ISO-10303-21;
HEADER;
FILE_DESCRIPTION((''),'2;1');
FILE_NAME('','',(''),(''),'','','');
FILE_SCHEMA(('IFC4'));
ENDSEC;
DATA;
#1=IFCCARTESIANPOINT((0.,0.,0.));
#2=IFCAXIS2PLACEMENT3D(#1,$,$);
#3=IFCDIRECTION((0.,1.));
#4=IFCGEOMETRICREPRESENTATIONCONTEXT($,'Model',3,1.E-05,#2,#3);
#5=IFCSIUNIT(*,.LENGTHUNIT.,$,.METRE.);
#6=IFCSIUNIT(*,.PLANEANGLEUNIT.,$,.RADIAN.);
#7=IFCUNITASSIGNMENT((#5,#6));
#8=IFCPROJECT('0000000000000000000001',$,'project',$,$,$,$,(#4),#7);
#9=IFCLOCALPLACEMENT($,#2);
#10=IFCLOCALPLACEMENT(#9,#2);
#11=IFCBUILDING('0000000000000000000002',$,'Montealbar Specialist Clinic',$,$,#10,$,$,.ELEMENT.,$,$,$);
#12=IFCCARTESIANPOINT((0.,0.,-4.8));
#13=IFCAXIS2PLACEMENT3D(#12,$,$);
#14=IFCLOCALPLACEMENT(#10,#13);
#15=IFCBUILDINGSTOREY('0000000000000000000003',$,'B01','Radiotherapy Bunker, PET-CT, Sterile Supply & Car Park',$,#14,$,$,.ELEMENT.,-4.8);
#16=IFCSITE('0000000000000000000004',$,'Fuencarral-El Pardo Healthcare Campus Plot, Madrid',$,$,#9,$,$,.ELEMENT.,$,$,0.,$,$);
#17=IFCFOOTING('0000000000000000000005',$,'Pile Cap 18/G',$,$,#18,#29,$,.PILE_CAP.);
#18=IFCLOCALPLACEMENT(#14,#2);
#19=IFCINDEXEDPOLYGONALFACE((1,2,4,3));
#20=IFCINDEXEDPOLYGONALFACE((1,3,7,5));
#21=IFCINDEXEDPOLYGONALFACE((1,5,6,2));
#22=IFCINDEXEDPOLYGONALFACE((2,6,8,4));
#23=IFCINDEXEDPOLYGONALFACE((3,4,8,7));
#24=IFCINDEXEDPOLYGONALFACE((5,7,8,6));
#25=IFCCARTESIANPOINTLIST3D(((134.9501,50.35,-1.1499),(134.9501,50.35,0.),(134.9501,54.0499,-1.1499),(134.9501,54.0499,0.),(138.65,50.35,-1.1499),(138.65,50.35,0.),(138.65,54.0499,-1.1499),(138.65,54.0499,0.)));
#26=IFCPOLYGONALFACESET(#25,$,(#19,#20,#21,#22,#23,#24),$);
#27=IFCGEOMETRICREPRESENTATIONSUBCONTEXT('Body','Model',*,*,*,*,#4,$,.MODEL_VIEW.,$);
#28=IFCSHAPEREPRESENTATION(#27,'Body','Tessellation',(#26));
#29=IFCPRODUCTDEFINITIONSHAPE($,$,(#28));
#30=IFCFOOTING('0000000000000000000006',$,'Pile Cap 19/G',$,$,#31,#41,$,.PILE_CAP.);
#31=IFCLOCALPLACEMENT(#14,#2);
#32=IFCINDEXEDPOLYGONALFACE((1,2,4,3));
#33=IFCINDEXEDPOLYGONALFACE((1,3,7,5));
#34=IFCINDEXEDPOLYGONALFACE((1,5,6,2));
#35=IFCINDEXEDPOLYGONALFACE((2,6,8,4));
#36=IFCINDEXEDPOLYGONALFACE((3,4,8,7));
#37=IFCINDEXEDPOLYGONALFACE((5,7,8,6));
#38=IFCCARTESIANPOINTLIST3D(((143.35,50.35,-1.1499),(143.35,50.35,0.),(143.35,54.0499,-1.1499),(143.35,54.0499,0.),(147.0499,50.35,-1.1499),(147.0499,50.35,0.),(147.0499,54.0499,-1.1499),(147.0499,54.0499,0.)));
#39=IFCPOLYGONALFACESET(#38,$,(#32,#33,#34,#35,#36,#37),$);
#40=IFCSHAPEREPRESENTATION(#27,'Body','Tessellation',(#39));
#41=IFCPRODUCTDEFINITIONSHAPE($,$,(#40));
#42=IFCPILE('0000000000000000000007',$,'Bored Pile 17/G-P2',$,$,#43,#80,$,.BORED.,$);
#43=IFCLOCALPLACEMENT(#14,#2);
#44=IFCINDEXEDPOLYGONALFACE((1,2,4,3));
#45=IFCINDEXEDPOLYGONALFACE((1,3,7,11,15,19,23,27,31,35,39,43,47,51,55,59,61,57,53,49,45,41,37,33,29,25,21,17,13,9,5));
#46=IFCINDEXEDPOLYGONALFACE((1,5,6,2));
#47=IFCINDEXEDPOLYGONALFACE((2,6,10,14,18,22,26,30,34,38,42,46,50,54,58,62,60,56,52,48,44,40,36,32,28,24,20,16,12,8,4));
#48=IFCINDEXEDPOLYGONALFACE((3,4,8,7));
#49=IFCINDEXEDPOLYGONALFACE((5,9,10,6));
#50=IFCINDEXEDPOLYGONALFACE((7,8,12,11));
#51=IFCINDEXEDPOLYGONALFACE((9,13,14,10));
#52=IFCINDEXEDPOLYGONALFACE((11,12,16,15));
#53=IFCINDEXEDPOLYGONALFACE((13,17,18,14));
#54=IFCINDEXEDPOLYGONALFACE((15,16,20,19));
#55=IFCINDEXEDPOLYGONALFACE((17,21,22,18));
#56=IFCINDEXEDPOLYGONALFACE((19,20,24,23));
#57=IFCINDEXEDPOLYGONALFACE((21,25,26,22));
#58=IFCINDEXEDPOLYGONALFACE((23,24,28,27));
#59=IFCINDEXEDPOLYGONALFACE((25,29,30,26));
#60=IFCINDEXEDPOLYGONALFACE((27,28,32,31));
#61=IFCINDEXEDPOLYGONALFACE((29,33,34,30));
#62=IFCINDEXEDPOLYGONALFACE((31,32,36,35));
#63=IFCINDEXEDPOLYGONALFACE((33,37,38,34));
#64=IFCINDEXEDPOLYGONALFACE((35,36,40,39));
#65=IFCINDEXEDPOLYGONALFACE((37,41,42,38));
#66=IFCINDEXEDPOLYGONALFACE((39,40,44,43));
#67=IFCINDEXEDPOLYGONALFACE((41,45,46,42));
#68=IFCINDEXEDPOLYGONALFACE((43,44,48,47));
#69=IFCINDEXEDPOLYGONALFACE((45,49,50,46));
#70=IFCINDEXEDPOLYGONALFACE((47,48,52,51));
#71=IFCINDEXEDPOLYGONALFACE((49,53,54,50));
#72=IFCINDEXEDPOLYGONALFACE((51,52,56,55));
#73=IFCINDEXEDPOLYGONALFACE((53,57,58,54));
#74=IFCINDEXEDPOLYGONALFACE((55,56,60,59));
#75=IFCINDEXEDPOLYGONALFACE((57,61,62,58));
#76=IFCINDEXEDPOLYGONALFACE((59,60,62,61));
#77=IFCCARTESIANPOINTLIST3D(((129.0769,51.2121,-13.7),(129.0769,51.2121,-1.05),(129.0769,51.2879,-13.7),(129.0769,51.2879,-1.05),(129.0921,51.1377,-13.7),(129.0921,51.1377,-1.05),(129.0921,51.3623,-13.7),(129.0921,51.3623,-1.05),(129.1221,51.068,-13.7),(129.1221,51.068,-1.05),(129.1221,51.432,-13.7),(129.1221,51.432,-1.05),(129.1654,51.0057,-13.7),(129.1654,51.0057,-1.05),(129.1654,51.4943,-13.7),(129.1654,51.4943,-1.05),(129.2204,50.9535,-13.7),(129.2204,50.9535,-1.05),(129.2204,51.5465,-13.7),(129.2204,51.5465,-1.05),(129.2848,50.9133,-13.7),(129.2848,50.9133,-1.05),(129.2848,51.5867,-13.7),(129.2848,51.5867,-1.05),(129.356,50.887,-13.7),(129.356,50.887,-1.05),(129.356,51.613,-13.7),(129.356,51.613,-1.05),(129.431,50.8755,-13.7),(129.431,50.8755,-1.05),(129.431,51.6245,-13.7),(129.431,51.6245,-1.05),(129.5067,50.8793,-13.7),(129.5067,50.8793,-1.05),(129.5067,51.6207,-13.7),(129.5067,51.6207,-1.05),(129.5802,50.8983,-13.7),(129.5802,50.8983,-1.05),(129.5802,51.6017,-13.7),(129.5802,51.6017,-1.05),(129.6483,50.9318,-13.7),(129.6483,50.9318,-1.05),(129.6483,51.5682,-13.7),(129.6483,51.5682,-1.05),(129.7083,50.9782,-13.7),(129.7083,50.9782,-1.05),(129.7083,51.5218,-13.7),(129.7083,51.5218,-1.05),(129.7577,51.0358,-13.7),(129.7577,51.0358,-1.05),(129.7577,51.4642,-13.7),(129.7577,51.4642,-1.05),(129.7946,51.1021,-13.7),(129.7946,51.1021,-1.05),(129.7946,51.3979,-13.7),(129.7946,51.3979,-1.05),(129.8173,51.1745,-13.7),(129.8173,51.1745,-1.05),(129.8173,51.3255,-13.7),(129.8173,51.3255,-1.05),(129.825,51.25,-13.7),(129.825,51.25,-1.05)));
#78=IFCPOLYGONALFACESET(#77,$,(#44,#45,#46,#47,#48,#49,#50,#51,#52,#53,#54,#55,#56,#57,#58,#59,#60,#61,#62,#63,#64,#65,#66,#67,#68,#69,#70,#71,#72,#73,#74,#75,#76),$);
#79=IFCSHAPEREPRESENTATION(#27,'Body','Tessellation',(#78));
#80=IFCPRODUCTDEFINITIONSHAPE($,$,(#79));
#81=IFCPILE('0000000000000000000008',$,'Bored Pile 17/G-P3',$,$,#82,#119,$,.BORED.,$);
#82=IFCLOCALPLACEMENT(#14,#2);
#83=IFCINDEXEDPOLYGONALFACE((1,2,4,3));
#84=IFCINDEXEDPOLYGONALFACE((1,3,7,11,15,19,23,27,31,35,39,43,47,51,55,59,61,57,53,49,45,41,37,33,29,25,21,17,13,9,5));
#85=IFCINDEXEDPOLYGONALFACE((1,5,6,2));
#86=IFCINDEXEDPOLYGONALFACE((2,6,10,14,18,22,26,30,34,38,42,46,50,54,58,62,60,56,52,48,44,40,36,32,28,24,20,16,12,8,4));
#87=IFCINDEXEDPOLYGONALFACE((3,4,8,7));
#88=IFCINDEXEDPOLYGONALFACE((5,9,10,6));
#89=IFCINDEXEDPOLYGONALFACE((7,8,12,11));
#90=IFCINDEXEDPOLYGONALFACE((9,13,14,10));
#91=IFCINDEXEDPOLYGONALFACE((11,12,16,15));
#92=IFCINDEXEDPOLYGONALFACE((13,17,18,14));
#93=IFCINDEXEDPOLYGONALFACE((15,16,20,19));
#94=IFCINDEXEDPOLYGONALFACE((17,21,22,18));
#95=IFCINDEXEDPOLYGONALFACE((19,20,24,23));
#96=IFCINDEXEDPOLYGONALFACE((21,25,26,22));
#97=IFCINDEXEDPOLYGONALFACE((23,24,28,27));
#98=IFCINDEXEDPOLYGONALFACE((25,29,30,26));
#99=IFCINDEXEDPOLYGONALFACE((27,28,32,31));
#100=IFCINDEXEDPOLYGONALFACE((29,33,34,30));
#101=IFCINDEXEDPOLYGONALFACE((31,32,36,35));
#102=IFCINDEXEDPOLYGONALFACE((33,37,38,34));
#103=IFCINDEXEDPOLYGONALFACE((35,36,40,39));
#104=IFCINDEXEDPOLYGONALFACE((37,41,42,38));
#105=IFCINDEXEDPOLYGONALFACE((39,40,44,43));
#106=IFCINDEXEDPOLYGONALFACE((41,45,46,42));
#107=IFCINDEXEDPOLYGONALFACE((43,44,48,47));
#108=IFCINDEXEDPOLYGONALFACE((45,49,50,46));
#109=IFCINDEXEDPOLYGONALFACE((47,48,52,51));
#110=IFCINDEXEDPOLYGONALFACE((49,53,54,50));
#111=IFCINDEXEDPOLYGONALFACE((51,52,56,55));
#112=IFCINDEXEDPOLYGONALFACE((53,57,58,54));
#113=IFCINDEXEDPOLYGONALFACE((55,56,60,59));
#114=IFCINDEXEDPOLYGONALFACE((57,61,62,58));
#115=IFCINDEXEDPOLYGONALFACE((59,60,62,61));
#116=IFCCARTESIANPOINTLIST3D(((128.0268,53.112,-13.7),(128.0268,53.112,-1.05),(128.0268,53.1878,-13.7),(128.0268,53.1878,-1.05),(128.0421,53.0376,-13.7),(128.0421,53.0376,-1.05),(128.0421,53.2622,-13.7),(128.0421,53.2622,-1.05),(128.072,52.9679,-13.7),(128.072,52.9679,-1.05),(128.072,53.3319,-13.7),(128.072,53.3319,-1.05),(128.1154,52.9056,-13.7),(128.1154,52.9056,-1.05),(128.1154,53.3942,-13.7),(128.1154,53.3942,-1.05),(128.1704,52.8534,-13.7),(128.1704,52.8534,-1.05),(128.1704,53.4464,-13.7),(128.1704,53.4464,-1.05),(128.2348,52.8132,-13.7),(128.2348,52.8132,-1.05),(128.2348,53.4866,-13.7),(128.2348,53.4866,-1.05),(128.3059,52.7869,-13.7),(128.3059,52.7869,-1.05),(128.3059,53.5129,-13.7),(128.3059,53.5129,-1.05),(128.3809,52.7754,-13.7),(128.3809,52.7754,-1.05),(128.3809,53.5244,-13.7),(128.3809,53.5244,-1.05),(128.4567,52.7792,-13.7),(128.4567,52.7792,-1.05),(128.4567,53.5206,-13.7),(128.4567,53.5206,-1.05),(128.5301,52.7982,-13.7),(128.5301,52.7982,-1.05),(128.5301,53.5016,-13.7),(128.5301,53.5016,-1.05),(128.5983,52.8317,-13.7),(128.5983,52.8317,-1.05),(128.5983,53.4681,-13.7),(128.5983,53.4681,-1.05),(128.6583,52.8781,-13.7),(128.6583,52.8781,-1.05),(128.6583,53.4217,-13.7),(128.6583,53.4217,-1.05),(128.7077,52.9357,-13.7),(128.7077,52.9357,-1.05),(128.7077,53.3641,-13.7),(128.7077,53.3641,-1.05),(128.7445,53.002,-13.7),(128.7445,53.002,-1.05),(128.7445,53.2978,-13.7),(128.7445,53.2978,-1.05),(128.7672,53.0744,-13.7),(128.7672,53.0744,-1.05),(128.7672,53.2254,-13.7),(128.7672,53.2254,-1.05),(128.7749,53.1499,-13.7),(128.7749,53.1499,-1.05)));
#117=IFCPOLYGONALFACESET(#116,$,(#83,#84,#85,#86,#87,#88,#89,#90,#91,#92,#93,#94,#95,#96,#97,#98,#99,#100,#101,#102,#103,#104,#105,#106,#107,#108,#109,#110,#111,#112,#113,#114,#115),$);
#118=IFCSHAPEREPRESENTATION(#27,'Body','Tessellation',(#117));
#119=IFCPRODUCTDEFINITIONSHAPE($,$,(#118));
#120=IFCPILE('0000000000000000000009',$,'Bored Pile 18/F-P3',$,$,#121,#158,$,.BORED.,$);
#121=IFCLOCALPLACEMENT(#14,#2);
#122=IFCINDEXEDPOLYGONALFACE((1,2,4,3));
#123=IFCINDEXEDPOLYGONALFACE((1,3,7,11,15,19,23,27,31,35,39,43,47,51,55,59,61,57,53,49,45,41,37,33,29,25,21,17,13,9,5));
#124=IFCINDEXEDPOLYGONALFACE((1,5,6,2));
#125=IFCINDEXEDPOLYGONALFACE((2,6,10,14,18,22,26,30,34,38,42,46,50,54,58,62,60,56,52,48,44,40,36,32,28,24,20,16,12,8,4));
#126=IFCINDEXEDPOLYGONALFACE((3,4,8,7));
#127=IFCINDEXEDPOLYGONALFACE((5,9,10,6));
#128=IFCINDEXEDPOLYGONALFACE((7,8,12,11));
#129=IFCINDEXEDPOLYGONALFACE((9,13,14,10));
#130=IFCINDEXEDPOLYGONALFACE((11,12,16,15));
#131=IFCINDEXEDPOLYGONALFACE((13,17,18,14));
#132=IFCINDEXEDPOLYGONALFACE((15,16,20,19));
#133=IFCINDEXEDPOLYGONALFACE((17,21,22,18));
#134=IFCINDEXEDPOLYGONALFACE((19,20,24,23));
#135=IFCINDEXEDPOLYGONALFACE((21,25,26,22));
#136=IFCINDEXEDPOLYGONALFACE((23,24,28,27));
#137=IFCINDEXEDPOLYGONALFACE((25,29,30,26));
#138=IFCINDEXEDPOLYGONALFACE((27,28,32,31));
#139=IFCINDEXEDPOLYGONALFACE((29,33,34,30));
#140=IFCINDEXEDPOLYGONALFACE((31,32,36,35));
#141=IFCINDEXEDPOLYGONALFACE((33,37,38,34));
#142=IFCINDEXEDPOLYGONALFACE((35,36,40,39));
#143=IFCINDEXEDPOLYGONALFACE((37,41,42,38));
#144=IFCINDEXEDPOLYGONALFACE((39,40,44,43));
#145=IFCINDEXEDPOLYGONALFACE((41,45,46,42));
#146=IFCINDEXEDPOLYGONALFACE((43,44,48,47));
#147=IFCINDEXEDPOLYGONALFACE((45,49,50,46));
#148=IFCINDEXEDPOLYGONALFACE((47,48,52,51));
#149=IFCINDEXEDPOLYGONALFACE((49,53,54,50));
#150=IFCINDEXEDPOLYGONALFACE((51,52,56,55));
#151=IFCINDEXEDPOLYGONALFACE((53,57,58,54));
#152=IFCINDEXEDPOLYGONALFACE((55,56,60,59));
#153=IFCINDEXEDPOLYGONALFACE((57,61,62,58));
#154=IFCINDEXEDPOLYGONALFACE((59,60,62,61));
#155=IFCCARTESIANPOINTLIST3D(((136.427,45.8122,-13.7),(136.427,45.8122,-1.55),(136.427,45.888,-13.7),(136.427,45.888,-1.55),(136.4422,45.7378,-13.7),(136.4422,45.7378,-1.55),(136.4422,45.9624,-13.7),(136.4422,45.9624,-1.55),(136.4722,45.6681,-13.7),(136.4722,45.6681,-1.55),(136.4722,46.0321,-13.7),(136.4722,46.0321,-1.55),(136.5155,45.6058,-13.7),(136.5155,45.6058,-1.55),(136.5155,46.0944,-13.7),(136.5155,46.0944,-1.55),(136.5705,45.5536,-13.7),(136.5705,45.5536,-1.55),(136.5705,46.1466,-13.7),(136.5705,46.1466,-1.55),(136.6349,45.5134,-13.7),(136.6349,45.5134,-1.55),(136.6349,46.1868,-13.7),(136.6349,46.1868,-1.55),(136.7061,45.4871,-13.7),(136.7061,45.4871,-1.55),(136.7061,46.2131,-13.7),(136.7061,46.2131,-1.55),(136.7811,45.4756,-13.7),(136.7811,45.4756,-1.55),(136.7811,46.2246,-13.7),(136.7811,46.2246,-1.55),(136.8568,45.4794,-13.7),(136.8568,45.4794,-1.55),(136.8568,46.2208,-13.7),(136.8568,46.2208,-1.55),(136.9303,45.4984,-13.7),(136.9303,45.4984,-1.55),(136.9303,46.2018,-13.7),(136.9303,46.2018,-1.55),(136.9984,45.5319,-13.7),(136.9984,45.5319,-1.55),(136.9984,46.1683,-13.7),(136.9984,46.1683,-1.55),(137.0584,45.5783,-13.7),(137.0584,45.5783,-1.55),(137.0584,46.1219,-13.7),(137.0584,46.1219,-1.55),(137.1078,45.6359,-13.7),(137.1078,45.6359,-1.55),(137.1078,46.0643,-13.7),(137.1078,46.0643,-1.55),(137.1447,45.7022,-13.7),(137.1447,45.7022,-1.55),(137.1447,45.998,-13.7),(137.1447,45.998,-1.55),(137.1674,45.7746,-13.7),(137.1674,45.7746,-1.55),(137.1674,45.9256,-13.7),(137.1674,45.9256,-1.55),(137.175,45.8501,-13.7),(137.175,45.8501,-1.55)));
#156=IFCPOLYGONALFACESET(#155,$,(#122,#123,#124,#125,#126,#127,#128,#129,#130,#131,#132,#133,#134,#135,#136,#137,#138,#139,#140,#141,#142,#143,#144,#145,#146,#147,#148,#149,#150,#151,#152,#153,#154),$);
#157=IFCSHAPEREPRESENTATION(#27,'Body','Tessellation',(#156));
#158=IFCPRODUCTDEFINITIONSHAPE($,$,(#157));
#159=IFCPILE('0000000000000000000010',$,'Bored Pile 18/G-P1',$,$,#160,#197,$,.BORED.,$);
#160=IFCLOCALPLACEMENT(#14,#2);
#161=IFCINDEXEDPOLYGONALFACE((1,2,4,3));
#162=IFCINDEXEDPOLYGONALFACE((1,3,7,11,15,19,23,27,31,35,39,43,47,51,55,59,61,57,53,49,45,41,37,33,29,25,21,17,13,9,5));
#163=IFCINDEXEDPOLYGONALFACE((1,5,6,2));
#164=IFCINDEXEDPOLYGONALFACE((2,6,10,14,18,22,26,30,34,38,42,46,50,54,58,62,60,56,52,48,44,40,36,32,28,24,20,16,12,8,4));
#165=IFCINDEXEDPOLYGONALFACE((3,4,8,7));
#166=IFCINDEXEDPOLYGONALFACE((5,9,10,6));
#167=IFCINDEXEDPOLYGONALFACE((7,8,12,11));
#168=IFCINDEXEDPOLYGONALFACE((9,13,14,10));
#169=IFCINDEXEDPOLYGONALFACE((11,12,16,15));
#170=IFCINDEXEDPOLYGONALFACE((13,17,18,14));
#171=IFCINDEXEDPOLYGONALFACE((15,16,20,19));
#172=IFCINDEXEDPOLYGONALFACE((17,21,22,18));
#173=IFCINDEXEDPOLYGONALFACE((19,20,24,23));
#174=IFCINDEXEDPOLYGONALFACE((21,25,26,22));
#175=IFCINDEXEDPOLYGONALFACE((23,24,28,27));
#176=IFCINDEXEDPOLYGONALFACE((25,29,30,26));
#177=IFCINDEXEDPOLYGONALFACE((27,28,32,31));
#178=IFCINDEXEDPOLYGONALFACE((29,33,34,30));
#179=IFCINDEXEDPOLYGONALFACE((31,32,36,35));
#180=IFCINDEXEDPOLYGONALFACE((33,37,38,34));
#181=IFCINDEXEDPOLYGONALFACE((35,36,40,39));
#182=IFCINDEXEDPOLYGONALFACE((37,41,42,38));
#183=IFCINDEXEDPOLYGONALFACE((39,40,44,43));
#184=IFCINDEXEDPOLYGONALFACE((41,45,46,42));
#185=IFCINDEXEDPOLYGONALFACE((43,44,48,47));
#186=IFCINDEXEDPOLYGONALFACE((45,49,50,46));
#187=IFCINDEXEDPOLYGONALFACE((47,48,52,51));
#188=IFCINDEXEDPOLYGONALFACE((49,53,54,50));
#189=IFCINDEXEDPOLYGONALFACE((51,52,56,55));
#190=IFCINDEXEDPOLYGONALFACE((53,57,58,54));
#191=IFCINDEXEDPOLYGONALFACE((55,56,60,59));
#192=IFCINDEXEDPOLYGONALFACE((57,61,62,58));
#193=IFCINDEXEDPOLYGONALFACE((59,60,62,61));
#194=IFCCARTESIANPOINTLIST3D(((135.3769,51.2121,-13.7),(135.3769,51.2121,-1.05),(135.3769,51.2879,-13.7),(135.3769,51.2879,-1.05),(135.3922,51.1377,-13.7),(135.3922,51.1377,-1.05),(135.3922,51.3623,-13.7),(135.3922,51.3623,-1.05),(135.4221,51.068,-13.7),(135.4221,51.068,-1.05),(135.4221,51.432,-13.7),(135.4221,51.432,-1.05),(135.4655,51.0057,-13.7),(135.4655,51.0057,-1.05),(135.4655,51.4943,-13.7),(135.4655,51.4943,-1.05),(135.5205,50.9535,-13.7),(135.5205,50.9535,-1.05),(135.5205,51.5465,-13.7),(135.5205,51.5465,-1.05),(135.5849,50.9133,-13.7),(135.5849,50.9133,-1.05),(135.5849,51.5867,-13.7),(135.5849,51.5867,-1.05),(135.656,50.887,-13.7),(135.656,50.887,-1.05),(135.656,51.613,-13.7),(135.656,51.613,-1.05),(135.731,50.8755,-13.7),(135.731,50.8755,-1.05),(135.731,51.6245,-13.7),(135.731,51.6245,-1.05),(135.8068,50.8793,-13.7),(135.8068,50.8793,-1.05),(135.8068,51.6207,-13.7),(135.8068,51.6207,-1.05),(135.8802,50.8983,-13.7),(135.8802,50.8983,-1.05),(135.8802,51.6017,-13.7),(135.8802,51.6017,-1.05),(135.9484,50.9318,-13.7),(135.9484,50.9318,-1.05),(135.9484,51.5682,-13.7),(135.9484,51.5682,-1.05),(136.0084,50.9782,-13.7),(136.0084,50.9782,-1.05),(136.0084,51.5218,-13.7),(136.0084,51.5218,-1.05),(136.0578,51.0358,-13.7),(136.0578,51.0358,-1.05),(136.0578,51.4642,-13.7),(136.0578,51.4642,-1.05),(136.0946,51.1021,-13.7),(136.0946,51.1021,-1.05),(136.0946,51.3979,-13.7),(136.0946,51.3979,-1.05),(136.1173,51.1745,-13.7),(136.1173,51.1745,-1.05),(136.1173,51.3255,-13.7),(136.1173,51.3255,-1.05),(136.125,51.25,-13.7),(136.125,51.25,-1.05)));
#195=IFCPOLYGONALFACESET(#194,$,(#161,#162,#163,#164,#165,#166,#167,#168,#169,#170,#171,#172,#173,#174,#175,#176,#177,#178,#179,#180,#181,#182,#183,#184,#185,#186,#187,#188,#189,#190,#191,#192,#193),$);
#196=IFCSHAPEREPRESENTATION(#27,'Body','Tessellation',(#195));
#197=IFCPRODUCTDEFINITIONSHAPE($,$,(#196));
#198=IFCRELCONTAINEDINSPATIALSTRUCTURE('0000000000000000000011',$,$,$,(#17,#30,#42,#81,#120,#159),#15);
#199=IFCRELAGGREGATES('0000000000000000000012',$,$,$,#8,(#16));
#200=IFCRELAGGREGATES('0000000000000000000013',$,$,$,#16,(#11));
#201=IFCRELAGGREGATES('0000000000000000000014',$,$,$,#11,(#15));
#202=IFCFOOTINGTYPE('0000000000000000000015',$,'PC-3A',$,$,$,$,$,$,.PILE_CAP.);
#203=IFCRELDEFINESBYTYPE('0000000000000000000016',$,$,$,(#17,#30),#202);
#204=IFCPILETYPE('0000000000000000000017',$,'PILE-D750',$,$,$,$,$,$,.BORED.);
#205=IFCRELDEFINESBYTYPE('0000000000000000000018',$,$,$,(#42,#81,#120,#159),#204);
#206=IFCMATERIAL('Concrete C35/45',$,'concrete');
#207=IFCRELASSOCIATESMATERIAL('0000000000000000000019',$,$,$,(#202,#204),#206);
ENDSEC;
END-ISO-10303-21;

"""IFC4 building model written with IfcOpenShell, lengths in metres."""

from ifc_helpers import new_model, si_unit, direction, frame, origin, origin_2d, place, context, subcontext, project, spatial, rectangle, circle, extrude, material, material_profile, profile_set, type_object, element, save


model = new_model("IFC4")

# Units and contexts
model_context = context("Model", 3, precision=1e-05, world=origin(), true_north=direction((0.0, 1.0)))
body_context = subcontext(model_context, "Body", "Model", "MODEL_VIEW")
ifc_project = project(units=[si_unit("LENGTHUNIT", "METRE"), si_unit("PLANEANGLEUNIT", "RADIAN")], contexts=[model_context])

# Site, building, storey
site_placement = place(None, origin())
site = spatial("IfcSite", under=ifc_project, at=site_placement, Name="Fuencarral-El Pardo Healthcare Campus Plot, Madrid", CompositionType="ELEMENT", RefElevation=0.0)
building_placement = place(site_placement, origin())
building = spatial("IfcBuilding", under=site, at=building_placement, Name="Montealbar Specialist Clinic", CompositionType="ELEMENT")
storey_placement = place(building_placement, frame((0.0, 0.0, -4.8)))
storey = spatial("IfcBuildingStorey", under=building, at=storey_placement, Name="B01", Description="Radiotherapy Bunker, PET-CT, Sterile Supply & Car Park", CompositionType="ELEMENT", Elevation=-4.8)

# Footings
ifc_material_1 = material(Name="Concrete C35/45", Category="concrete")
footing_type = type_object("IfcFootingType", Name="PC-3A", PredefinedType="PILE_CAP", material=ifc_material_1)
for number, where, z_axis, x_axis, name in (
    (1, (136.8, 52.2, -1.1499), (0.0, 0.0, 1.0), (1.0, 0.0, 0.0), "Pile Cap 18/G"),
    (2, (145.2, 52.2, -1.1499), (0.0, 0.0, 1.0), (1.0, 0.0, 0.0), "Pile Cap 19/G"),
):
    element("IfcFooting", number, at=place(storey_placement, frame(where, z_axis=z_axis, x_axis=x_axis)), inside=storey, type_object=footing_type, Name=name, PredefinedType="PILE_CAP", context=body_context, shape_type="SweptSolid", body=[
        extrude(rectangle(XDim=3.7, YDim=3.7, at=origin_2d()), origin(), (0.0, 0.0, 1.0), 1.1499),
    ])

# Piles
ifc_material_profile_1 = material_profile(ifc_material_1, circle(Radius=0.375, at=origin_2d()), Name="PILE D750", Category="concrete")
ifc_profile_set_1 = profile_set([ifc_material_profile_1], Name="Concrete C35/45")
pile_type = type_object("IfcPileType", Name="PILE-D750", PredefinedType="BORED", material=ifc_profile_set_1)
for number, where, z_axis, x_axis, name in (
    (3, (129.45, 51.25, -1.05), (0.0, 0.0, -1.0), (1.0, 0.0, 0.0), "Bored Pile 17/G-P2"),
    (4, (128.3999, 53.1499, -1.05), (0.0, 0.0, -1.0), (1.0, 0.0, 0.0), "Bored Pile 17/G-P3"),
):
    element("IfcPile", number, at=place(storey_placement, frame(where, z_axis=z_axis, x_axis=x_axis)), inside=storey, type_object=pile_type, Name=name, PredefinedType="BORED", context=body_context, shape_type="SweptSolid", body=[
        extrude(circle(Radius=0.375, at=origin_2d()), origin(), (0.0, 0.0, 1.0), 12.6499),
    ])
pile_1_placement = place(storey_placement, frame((136.8, 45.8501, -1.55), z_axis=(0.0, 0.0, -1.0), x_axis=(1.0, 0.0, 0.0)))
element("IfcPile", 5, at=pile_1_placement, inside=storey, type_object=pile_type, Name="Bored Pile 18/F-P3", PredefinedType="BORED", context=body_context, shape_type="SweptSolid", body=[
    extrude(circle(Radius=0.375, at=origin_2d()), origin(), (0.0, 0.0, 1.0), 12.1499),
])
for number, where, z_axis, x_axis, name in (
    (6, (135.75, 51.25, -1.05), (0.0, 0.0, -1.0), (1.0, 0.0, 0.0), "Bored Pile 18/G-P1"),
):
    element("IfcPile", number, at=place(storey_placement, frame(where, z_axis=z_axis, x_axis=x_axis)), inside=storey, type_object=pile_type, Name=name, PredefinedType="BORED", context=body_context, shape_type="SweptSolid", body=[
        extrude(circle(Radius=0.375, at=origin_2d()), origin(), (0.0, 0.0, 1.0), 12.6499),
    ])

save(model, "model.ifc")
